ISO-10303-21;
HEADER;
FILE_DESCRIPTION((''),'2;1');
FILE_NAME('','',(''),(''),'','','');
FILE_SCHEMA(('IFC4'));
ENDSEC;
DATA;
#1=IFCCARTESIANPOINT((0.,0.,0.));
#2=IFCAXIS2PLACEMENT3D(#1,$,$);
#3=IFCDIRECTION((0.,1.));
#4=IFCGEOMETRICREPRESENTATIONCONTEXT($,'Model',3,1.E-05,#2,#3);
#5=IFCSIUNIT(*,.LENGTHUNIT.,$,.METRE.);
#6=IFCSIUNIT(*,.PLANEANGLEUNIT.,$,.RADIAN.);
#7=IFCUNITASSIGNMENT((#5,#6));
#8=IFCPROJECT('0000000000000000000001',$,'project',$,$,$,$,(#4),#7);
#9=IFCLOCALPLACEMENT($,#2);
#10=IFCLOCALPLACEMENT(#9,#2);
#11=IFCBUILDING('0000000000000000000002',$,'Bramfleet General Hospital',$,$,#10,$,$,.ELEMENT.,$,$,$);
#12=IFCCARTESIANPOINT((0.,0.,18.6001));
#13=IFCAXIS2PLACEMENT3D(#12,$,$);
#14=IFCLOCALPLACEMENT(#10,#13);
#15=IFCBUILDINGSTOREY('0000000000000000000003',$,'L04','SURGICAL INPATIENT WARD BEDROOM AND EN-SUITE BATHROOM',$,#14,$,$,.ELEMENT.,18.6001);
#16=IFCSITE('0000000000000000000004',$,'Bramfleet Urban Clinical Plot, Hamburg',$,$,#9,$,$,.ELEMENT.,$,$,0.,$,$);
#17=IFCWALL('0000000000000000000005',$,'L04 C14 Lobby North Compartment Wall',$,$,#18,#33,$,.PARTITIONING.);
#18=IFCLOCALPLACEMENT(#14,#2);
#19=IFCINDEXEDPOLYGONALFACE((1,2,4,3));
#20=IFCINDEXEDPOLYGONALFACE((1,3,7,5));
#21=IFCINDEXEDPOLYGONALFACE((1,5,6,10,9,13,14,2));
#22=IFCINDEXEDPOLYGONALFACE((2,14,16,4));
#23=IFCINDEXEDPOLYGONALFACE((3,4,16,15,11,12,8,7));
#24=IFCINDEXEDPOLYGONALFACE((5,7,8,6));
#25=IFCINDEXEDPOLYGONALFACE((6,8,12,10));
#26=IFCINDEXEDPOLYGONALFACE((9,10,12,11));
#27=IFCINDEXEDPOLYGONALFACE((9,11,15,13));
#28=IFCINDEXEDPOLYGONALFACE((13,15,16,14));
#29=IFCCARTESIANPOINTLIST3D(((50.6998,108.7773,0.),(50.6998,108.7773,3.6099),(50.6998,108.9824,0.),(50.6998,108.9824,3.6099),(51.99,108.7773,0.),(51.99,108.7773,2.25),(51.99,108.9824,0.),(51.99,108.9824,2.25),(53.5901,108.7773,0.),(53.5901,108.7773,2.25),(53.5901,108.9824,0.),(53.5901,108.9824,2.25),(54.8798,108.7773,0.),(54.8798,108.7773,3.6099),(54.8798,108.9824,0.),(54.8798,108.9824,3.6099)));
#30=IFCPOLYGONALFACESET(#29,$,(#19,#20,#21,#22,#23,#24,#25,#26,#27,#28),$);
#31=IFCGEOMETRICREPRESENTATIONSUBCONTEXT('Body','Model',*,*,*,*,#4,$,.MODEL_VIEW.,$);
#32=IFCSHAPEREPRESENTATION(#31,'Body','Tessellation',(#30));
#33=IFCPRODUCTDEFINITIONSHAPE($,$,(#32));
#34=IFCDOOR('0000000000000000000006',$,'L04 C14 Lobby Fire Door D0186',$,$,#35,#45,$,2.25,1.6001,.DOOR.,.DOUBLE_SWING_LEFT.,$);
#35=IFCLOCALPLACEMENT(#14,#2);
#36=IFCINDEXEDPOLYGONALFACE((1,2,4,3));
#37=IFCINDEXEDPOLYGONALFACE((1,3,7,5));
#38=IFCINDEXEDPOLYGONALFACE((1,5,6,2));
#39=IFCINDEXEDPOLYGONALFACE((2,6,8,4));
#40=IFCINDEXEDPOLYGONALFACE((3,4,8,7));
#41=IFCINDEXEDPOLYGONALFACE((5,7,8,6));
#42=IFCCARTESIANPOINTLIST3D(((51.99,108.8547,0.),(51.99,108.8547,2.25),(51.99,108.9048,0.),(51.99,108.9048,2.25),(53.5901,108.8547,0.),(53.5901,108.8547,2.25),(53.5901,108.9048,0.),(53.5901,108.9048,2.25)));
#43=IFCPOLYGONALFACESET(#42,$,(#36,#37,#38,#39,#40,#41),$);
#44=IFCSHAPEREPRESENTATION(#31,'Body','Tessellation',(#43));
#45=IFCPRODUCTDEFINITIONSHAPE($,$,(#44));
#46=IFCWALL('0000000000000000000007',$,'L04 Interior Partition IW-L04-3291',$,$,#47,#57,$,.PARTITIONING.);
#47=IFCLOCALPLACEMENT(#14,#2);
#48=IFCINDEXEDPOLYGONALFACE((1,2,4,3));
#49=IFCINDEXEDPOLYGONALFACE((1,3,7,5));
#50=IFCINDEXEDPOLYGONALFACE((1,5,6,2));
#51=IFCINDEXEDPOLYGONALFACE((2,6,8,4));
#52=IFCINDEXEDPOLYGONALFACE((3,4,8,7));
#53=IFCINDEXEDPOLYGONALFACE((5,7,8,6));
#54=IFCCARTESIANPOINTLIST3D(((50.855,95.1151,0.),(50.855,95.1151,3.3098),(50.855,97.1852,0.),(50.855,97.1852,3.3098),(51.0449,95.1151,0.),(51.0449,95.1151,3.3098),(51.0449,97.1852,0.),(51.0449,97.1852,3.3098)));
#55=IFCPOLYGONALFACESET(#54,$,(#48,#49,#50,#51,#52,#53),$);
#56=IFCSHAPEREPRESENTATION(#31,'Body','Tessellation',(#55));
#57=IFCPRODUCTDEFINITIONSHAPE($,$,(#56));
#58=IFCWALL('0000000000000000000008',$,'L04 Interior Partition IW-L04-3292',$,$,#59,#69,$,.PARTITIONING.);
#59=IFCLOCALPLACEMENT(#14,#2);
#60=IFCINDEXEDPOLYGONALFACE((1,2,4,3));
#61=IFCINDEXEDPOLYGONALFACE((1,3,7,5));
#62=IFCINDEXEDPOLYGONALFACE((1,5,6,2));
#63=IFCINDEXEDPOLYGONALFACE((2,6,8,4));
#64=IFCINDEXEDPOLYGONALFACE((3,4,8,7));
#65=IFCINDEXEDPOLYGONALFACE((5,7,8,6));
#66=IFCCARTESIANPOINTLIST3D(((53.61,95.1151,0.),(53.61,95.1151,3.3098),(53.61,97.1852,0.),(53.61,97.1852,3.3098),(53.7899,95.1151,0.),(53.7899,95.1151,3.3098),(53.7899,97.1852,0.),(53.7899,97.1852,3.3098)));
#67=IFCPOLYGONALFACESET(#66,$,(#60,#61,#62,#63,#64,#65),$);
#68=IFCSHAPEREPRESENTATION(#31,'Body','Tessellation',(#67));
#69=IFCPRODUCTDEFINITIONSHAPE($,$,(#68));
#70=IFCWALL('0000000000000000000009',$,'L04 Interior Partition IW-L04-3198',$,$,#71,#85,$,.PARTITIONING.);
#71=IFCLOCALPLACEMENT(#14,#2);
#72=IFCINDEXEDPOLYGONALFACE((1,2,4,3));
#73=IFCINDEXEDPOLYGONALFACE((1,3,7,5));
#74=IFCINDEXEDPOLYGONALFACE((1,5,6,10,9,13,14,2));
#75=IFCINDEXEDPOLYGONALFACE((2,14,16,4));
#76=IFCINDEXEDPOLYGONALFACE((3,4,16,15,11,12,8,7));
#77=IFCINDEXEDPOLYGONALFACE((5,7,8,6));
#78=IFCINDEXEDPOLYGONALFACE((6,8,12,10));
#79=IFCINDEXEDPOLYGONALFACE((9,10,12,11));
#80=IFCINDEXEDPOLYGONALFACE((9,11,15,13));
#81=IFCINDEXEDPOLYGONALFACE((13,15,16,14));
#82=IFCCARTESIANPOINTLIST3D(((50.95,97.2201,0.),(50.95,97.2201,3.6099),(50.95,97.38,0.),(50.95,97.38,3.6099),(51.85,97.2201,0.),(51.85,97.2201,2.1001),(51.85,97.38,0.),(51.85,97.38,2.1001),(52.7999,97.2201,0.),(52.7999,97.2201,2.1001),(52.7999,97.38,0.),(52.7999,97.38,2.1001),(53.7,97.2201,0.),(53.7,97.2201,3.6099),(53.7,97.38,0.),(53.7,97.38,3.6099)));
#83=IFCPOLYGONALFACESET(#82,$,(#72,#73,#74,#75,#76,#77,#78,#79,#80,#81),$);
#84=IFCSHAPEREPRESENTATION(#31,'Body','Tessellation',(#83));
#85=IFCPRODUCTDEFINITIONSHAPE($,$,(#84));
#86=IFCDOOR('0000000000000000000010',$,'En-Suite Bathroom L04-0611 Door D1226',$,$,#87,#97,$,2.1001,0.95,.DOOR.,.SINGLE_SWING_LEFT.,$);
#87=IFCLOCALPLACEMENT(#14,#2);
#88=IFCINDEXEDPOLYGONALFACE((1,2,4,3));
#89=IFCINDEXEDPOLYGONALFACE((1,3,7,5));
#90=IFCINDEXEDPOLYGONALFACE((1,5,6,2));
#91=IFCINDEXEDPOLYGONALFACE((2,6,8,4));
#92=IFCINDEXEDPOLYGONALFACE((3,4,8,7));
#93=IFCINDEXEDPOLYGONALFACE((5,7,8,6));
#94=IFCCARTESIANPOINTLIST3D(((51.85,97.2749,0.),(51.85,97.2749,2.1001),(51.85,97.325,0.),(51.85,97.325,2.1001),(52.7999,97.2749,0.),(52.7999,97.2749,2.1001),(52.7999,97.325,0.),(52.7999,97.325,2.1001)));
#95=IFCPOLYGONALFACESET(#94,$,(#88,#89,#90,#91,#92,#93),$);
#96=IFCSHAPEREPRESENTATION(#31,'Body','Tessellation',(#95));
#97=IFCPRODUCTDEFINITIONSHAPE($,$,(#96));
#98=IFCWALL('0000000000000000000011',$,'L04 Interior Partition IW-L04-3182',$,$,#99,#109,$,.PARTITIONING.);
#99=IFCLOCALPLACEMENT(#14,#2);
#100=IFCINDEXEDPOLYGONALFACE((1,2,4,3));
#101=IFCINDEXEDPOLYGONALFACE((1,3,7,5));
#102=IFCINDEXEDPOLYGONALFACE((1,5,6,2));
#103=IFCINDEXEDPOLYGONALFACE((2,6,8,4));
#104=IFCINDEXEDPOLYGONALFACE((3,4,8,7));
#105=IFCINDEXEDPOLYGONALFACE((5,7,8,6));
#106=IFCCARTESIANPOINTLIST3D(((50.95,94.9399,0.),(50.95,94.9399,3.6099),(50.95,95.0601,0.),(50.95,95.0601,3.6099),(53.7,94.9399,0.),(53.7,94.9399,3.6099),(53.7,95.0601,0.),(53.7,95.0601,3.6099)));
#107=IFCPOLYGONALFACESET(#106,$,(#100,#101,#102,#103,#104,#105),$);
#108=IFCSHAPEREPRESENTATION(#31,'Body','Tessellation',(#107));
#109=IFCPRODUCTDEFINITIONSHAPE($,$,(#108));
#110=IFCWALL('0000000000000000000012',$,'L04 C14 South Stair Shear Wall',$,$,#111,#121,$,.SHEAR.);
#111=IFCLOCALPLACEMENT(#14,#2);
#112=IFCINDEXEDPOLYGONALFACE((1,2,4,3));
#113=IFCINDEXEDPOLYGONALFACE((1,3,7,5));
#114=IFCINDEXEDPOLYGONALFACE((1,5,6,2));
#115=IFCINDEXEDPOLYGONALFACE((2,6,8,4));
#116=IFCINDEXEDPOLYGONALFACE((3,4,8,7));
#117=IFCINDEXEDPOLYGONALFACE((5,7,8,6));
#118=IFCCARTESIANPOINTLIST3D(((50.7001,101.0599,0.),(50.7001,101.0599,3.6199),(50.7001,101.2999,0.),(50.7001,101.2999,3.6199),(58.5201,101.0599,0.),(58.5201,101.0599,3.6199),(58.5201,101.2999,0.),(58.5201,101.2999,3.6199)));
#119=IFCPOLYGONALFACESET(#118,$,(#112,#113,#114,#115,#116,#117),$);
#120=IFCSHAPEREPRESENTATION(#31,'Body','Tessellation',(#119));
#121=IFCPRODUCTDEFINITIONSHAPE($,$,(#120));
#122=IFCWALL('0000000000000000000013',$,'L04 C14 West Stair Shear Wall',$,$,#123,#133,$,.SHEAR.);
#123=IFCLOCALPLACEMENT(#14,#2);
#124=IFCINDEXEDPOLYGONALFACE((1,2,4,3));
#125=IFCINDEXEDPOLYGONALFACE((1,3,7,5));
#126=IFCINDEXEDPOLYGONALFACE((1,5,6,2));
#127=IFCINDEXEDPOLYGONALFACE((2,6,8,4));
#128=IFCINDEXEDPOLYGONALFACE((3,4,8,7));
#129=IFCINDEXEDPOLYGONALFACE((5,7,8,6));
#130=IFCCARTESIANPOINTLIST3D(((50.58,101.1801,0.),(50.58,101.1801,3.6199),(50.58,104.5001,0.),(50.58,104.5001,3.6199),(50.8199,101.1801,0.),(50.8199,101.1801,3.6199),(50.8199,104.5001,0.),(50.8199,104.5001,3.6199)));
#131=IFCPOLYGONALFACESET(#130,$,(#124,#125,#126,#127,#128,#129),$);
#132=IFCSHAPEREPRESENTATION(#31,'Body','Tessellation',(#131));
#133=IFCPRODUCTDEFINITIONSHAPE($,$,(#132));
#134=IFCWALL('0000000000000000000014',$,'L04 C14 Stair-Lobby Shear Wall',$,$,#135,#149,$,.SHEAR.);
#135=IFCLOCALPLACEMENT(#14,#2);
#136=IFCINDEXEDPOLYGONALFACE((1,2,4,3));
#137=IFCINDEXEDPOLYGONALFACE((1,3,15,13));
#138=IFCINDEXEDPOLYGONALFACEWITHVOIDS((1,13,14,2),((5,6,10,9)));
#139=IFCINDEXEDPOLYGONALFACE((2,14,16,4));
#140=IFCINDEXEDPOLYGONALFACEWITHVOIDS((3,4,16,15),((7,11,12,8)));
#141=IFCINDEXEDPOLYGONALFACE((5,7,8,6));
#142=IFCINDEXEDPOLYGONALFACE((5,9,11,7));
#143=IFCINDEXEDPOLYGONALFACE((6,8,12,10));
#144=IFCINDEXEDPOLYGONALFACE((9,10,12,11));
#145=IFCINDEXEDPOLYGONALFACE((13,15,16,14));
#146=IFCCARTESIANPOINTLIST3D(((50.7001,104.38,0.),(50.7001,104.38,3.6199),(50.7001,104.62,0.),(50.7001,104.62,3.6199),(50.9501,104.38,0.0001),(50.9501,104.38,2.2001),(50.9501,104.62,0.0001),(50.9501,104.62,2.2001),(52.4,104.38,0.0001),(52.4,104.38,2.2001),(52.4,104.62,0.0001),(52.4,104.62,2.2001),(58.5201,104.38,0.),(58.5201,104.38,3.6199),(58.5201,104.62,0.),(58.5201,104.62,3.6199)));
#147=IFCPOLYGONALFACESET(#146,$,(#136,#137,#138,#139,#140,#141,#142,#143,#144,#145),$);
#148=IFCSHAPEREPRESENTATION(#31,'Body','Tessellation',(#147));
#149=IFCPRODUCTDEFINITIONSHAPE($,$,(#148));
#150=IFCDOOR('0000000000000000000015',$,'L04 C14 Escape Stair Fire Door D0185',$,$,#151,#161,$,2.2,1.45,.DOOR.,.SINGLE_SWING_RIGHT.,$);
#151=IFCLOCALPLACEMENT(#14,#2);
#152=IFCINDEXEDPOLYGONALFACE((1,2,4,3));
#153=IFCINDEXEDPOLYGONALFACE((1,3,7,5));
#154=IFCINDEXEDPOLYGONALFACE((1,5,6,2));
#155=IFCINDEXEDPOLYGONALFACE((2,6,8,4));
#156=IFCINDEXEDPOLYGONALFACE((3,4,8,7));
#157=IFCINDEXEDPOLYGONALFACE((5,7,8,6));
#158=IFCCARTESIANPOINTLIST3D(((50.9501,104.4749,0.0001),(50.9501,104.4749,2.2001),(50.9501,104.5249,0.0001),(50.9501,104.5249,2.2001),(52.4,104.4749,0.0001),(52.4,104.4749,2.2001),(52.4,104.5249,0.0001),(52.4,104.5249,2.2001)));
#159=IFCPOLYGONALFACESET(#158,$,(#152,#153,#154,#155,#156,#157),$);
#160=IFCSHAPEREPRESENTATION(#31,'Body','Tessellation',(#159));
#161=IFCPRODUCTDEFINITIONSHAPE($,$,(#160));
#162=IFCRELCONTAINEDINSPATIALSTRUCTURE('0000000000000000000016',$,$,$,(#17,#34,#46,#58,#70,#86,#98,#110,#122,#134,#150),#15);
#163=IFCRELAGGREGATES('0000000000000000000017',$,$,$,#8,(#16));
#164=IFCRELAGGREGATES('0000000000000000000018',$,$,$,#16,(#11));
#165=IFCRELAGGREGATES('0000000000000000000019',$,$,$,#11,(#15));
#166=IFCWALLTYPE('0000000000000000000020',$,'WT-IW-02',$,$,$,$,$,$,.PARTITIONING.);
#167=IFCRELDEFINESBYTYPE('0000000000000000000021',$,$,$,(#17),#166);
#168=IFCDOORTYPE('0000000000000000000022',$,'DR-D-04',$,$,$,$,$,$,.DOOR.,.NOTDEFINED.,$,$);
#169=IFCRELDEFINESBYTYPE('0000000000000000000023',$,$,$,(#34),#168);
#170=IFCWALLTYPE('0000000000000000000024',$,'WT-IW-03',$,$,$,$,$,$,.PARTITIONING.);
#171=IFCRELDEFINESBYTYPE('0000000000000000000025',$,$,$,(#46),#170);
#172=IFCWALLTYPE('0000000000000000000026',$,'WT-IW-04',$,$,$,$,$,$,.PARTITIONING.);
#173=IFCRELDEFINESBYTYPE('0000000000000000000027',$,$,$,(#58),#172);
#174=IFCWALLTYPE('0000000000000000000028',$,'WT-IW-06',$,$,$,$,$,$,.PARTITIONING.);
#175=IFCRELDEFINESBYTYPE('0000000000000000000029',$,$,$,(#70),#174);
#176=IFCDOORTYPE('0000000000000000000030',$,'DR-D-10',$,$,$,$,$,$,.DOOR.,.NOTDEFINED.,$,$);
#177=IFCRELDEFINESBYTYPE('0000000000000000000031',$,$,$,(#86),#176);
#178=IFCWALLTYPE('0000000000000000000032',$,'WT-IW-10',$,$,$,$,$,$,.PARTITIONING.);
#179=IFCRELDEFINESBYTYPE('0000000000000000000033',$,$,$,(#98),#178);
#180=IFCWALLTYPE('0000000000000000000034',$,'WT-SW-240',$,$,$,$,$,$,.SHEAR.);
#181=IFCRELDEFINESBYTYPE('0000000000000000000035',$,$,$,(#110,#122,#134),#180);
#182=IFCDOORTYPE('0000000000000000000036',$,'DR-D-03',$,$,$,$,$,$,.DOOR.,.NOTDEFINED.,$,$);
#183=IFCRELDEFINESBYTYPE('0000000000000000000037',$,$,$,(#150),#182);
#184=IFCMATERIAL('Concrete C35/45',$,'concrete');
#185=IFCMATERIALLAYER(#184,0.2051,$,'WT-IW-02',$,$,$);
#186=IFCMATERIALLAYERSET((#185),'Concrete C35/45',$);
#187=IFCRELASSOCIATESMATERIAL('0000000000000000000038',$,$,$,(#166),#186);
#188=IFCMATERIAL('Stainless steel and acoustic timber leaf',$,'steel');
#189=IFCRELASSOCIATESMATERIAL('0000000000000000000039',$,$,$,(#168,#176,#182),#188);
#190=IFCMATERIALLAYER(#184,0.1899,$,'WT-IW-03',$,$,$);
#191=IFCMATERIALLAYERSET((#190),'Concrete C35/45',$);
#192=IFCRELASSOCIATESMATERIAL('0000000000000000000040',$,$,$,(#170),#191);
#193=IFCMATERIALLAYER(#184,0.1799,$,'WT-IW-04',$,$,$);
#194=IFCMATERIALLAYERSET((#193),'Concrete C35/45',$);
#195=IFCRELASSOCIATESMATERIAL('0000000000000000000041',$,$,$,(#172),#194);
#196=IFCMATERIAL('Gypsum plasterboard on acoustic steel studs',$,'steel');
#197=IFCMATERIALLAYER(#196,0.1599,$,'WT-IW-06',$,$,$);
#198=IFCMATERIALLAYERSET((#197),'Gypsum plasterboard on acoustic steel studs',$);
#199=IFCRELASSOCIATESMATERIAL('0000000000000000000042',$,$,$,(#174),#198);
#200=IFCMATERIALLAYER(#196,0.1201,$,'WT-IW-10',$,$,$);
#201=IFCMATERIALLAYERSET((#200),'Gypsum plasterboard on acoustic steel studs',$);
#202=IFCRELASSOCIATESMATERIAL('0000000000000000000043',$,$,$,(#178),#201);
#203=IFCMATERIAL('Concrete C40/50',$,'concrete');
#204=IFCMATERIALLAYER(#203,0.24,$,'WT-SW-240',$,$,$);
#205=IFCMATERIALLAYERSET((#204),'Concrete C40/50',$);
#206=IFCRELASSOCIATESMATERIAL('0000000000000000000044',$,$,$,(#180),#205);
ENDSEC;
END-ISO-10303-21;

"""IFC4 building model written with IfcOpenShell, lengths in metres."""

from ifc_helpers import new_model, si_unit, direction, frame, frame_2d, origin, place, context, subcontext, project, spatial, rectangle, extrude, material, layer, layer_set, type_object, element, fill, save


model = new_model("IFC4")

# Units and contexts
model_context = context("Model", 3, precision=1e-05, world=origin(), true_north=direction((0.0, 1.0)))
body_context = subcontext(model_context, "Body", "Model", "MODEL_VIEW")
ifc_project = project(units=[si_unit("LENGTHUNIT", "METRE"), si_unit("PLANEANGLEUNIT", "RADIAN")], contexts=[model_context])

# Site, building, storey
site_placement = place(None, origin())
site = spatial("IfcSite", under=ifc_project, at=site_placement, Name="Bramfleet Urban Clinical Plot, Hamburg", CompositionType="ELEMENT", RefElevation=0.0)
building_placement = place(site_placement, origin())
building = spatial("IfcBuilding", under=site, at=building_placement, Name="Bramfleet General Hospital", CompositionType="ELEMENT")
storey_placement = place(building_placement, frame((0.0, 0.0, 18.6001)))
storey = spatial("IfcBuildingStorey", under=building, at=storey_placement, Name="L04", Description="SURGICAL INPATIENT WARD BEDROOM AND EN-SUITE BATHROOM", CompositionType="ELEMENT", Elevation=18.6001)

# Shared definitions
ifc_material_1 = material(Name="Concrete C35/45", Category="concrete")

# Shared definitions
ifc_layer_1 = layer(ifc_material_1, 0.2051, Name="WT-IW-02")
ifc_layer_set_1 = layer_set([ifc_layer_1], Name="Concrete C35/45")
wall_type_1 = type_object("IfcWallType", Name="WT-IW-02", PredefinedType="PARTITIONING", material=ifc_layer_set_1)

# Wall, opening, door
wall_1_placement = place(storey_placement, frame((50.7, 108.8799, 0.0), z_axis=(0.0, 0.0, 1.0), x_axis=(1.0, 0.0, 0.0)))
wall_1 = element("IfcWall", 1, at=wall_1_placement, inside=storey, type_object=wall_type_1, Name="L04 C14 Lobby North Compartment Wall", PredefinedType="PARTITIONING", context=body_context, shape_type="SweptSolid", body=[
    extrude(rectangle(XDim=4.1799, YDim=0.2051, at=frame_2d((2.0898, 0.0))), origin(), (0.0, 0.0, 1.0), 3.6099),
])
opening_1_placement = place(wall_1_placement, frame((1.29, 0.0, 0.0)))
opening_1 = element("IfcOpeningElement", 2, at=opening_1_placement, cuts=wall_1, PredefinedType="OPENING", context=body_context, shape_type="SweptSolid", body=[
    extrude(rectangle(XDim=1.6001, YDim=2.25, at=frame_2d((0.8, 1.125))), frame((0.0, 0.1125, 0.0), z_axis=(0.0, -1.0, 0.0), x_axis=(1.0, 0.0, 0.0)), (0.0, 0.0, 1.0), 0.2251),
])
ifc_material_2 = material(Name="Stainless steel and acoustic timber leaf", Category="steel")
door_type_1 = type_object("IfcDoorType", Name="DR-D-04", OperationType="NOTDEFINED", PredefinedType="DOOR", material=ifc_material_2)
door_1_placement = place(opening_1_placement, origin())
door_1 = element("IfcDoor", 3, at=door_1_placement, inside=storey, type_object=door_type_1, Name="L04 C14 Lobby Fire Door D0186", OperationType="DOUBLE_SWING_LEFT", OverallHeight=2.25, OverallWidth=1.6001, PredefinedType="DOOR", context=body_context, shape_type="SweptSolid", body=[
    extrude(rectangle(XDim=1.6001, YDim=2.25, at=frame_2d((0.8, 1.125))), frame((0.0, 0.0249, 0.0), z_axis=(0.0, -1.0, 0.0), x_axis=(1.0, 0.0, 0.0)), (0.0, 0.0, 1.0), 0.05),
])
fill(opening_1, door_1)
ifc_layer_2 = layer(ifc_material_1, 0.1899, Name="WT-IW-03")
ifc_layer_set_2 = layer_set([ifc_layer_2], Name="Concrete C35/45")
wall_type_2 = type_object("IfcWallType", Name="WT-IW-03", PredefinedType="PARTITIONING", material=ifc_layer_set_2)

# Walls
wall_2_placement = place(storey_placement, frame((50.95, 95.115, 0.0), z_axis=(0.0, 0.0, 1.0), x_axis=(0.0, 1.0, 0.0)))
element("IfcWall", 4, at=wall_2_placement, inside=storey, type_object=wall_type_2, Name="L04 Interior Partition IW-L04-3291", PredefinedType="PARTITIONING", context=body_context, shape_type="SweptSolid", body=[
    extrude(rectangle(XDim=2.0701, YDim=0.1899, at=frame_2d((1.0352, 0.0))), origin(), (0.0, 0.0, 1.0), 3.3098),
])
ifc_layer_3 = layer(ifc_material_1, 0.1799, Name="WT-IW-04")
ifc_layer_set_3 = layer_set([ifc_layer_3], Name="Concrete C35/45")
wall_type_3 = type_object("IfcWallType", Name="WT-IW-04", PredefinedType="PARTITIONING", material=ifc_layer_set_3)
wall_3_placement = place(storey_placement, frame((53.7, 95.115, 0.0), z_axis=(0.0, 0.0, 1.0), x_axis=(0.0, 1.0, 0.0)))
element("IfcWall", 5, at=wall_3_placement, inside=storey, type_object=wall_type_3, Name="L04 Interior Partition IW-L04-3292", PredefinedType="PARTITIONING", context=body_context, shape_type="SweptSolid", body=[
    extrude(rectangle(XDim=2.0701, YDim=0.1799, at=frame_2d((1.0352, 0.0))), origin(), (0.0, 0.0, 1.0), 3.3098),
])

# Wall, opening, door
ifc_material_3 = material(Name="Gypsum plasterboard on acoustic steel studs", Category="steel")
ifc_layer_4 = layer(ifc_material_3, 0.1599, Name="WT-IW-06")
ifc_layer_set_4 = layer_set([ifc_layer_4], Name="Gypsum plasterboard on acoustic steel studs")
wall_type_4 = type_object("IfcWallType", Name="WT-IW-06", PredefinedType="PARTITIONING", material=ifc_layer_set_4)
wall_4_placement = place(storey_placement, frame((50.95, 97.3, 0.0), z_axis=(0.0, 0.0, 1.0), x_axis=(1.0, 0.0, 0.0)))
wall_4 = element("IfcWall", 6, at=wall_4_placement, inside=storey, type_object=wall_type_4, Name="L04 Interior Partition IW-L04-3198", PredefinedType="PARTITIONING", context=body_context, shape_type="SweptSolid", body=[
    extrude(rectangle(XDim=2.75, YDim=0.1599, at=frame_2d((1.375, 0.0))), origin(), (0.0, 0.0, 1.0), 3.6099),
])
opening_2_placement = place(wall_4_placement, frame((0.8999, 0.0, 0.0)))
opening_2 = element("IfcOpeningElement", 7, at=opening_2_placement, cuts=wall_4, PredefinedType="OPENING", context=body_context, shape_type="SweptSolid", body=[
    extrude(rectangle(XDim=0.95, YDim=2.1001, at=frame_2d((0.4751, 1.05))), frame((0.0, 0.0898, 0.0), z_axis=(0.0, -1.0, 0.0), x_axis=(1.0, 0.0, 0.0)), (0.0, 0.0, 1.0), 0.1799),
])
door_type_2 = type_object("IfcDoorType", Name="DR-D-10", OperationType="NOTDEFINED", PredefinedType="DOOR", material=ifc_material_2)
door_2_placement = place(opening_2_placement, origin())
door_2 = element("IfcDoor", 8, at=door_2_placement, inside=storey, type_object=door_type_2, Name="En-Suite Bathroom L04-0611 Door D1226", OperationType="SINGLE_SWING_LEFT", OverallHeight=2.1001, OverallWidth=0.95, PredefinedType="DOOR", context=body_context, shape_type="SweptSolid", body=[
    extrude(rectangle(XDim=0.95, YDim=2.1001, at=frame_2d((0.4751, 1.05))), frame((0.0, 0.0249, 0.0), z_axis=(0.0, -1.0, 0.0), x_axis=(1.0, 0.0, 0.0)), (0.0, 0.0, 1.0), 0.05),
])
fill(opening_2, door_2)

# Walls
ifc_layer_5 = layer(ifc_material_3, 0.1201, Name="WT-IW-10")
ifc_layer_set_5 = layer_set([ifc_layer_5], Name="Gypsum plasterboard on acoustic steel studs")
wall_type_5 = type_object("IfcWallType", Name="WT-IW-10", PredefinedType="PARTITIONING", material=ifc_layer_set_5)
wall_5_placement = place(storey_placement, frame((50.95, 95.0, 0.0), z_axis=(0.0, 0.0, 1.0), x_axis=(1.0, 0.0, 0.0)))
element("IfcWall", 9, at=wall_5_placement, inside=storey, type_object=wall_type_5, Name="L04 Interior Partition IW-L04-3182", PredefinedType="PARTITIONING", context=body_context, shape_type="SweptSolid", body=[
    extrude(rectangle(XDim=2.75, YDim=0.1201, at=frame_2d((1.375, 0.0))), origin(), (0.0, 0.0, 1.0), 3.6099),
])
ifc_material_4 = material(Name="Concrete C40/50", Category="concrete")
ifc_layer_6 = layer(ifc_material_4, 0.24, Name="WT-SW-240")
ifc_layer_set_6 = layer_set([ifc_layer_6], Name="Concrete C40/50")
wall_type_6 = type_object("IfcWallType", Name="WT-SW-240", PredefinedType="SHEAR", material=ifc_layer_set_6)
wall_6_placement = place(storey_placement, frame((50.7, 101.1799, 0.0), z_axis=(0.0, 0.0, 1.0), x_axis=(1.0, 0.0, 0.0)))
element("IfcWall", 10, at=wall_6_placement, inside=storey, type_object=wall_type_6, Name="L04 C14 South Stair Shear Wall", PredefinedType="SHEAR", context=body_context, shape_type="SweptSolid", body=[
    extrude(rectangle(XDim=7.8201, YDim=0.24, at=frame_2d((3.9102, 0.0))), origin(), (0.0, 0.0, 1.0), 3.6199),
])
wall_7_placement = place(storey_placement, frame((50.7, 101.1799, 0.0), z_axis=(0.0, 0.0, 1.0), x_axis=(0.0, 1.0, 0.0)))
element("IfcWall", 11, at=wall_7_placement, inside=storey, type_object=wall_type_6, Name="L04 C14 West Stair Shear Wall", PredefinedType="SHEAR", context=body_context, shape_type="SweptSolid", body=[
    extrude(rectangle(XDim=3.3201, YDim=0.24, at=frame_2d((1.6602, 0.0))), origin(), (0.0, 0.0, 1.0), 3.6199),
])

# Wall, opening, door
wall_8_placement = place(storey_placement, frame((50.7, 104.5, 0.0), z_axis=(0.0, 0.0, 1.0), x_axis=(1.0, 0.0, 0.0)))
wall_8 = element("IfcWall", 12, at=wall_8_placement, inside=storey, type_object=wall_type_6, Name="L04 C14 Stair-Lobby Shear Wall", PredefinedType="SHEAR", context=body_context, shape_type="SweptSolid", body=[
    extrude(rectangle(XDim=7.8201, YDim=0.24, at=frame_2d((3.9102, 0.0))), origin(), (0.0, 0.0, 1.0), 3.6199),
])
opening_3_placement = place(wall_8_placement, frame((0.25, 0.0, 0.0)))
opening_3 = element("IfcOpeningElement", 13, at=opening_3_placement, cuts=wall_8, PredefinedType="OPENING", context=body_context, shape_type="SweptSolid", body=[
    extrude(rectangle(XDim=1.45, YDim=2.2, at=frame_2d((0.7251, 1.1001))), frame((0.0, 0.1299, 0.0), z_axis=(0.0, -1.0, 0.0), x_axis=(1.0, 0.0, 0.0)), (0.0, 0.0, 1.0), 0.26),
])
door_type_3 = type_object("IfcDoorType", Name="DR-D-03", OperationType="NOTDEFINED", PredefinedType="DOOR", material=ifc_material_2)
door_3_placement = place(opening_3_placement, origin())
door_3 = element("IfcDoor", 14, at=door_3_placement, inside=storey, type_object=door_type_3, Name="L04 C14 Escape Stair Fire Door D0185", OperationType="SINGLE_SWING_RIGHT", OverallHeight=2.2, OverallWidth=1.45, PredefinedType="DOOR", context=body_context, shape_type="SweptSolid", body=[
    extrude(rectangle(XDim=1.45, YDim=2.2, at=frame_2d((0.7251, 1.1001))), frame((0.0, 0.0249, 0.0), z_axis=(0.0, -1.0, 0.0), x_axis=(1.0, 0.0, 0.0)), (0.0, 0.0, 1.0), 0.05),
])
fill(opening_3, door_3)

save(model, "model.ifc")
